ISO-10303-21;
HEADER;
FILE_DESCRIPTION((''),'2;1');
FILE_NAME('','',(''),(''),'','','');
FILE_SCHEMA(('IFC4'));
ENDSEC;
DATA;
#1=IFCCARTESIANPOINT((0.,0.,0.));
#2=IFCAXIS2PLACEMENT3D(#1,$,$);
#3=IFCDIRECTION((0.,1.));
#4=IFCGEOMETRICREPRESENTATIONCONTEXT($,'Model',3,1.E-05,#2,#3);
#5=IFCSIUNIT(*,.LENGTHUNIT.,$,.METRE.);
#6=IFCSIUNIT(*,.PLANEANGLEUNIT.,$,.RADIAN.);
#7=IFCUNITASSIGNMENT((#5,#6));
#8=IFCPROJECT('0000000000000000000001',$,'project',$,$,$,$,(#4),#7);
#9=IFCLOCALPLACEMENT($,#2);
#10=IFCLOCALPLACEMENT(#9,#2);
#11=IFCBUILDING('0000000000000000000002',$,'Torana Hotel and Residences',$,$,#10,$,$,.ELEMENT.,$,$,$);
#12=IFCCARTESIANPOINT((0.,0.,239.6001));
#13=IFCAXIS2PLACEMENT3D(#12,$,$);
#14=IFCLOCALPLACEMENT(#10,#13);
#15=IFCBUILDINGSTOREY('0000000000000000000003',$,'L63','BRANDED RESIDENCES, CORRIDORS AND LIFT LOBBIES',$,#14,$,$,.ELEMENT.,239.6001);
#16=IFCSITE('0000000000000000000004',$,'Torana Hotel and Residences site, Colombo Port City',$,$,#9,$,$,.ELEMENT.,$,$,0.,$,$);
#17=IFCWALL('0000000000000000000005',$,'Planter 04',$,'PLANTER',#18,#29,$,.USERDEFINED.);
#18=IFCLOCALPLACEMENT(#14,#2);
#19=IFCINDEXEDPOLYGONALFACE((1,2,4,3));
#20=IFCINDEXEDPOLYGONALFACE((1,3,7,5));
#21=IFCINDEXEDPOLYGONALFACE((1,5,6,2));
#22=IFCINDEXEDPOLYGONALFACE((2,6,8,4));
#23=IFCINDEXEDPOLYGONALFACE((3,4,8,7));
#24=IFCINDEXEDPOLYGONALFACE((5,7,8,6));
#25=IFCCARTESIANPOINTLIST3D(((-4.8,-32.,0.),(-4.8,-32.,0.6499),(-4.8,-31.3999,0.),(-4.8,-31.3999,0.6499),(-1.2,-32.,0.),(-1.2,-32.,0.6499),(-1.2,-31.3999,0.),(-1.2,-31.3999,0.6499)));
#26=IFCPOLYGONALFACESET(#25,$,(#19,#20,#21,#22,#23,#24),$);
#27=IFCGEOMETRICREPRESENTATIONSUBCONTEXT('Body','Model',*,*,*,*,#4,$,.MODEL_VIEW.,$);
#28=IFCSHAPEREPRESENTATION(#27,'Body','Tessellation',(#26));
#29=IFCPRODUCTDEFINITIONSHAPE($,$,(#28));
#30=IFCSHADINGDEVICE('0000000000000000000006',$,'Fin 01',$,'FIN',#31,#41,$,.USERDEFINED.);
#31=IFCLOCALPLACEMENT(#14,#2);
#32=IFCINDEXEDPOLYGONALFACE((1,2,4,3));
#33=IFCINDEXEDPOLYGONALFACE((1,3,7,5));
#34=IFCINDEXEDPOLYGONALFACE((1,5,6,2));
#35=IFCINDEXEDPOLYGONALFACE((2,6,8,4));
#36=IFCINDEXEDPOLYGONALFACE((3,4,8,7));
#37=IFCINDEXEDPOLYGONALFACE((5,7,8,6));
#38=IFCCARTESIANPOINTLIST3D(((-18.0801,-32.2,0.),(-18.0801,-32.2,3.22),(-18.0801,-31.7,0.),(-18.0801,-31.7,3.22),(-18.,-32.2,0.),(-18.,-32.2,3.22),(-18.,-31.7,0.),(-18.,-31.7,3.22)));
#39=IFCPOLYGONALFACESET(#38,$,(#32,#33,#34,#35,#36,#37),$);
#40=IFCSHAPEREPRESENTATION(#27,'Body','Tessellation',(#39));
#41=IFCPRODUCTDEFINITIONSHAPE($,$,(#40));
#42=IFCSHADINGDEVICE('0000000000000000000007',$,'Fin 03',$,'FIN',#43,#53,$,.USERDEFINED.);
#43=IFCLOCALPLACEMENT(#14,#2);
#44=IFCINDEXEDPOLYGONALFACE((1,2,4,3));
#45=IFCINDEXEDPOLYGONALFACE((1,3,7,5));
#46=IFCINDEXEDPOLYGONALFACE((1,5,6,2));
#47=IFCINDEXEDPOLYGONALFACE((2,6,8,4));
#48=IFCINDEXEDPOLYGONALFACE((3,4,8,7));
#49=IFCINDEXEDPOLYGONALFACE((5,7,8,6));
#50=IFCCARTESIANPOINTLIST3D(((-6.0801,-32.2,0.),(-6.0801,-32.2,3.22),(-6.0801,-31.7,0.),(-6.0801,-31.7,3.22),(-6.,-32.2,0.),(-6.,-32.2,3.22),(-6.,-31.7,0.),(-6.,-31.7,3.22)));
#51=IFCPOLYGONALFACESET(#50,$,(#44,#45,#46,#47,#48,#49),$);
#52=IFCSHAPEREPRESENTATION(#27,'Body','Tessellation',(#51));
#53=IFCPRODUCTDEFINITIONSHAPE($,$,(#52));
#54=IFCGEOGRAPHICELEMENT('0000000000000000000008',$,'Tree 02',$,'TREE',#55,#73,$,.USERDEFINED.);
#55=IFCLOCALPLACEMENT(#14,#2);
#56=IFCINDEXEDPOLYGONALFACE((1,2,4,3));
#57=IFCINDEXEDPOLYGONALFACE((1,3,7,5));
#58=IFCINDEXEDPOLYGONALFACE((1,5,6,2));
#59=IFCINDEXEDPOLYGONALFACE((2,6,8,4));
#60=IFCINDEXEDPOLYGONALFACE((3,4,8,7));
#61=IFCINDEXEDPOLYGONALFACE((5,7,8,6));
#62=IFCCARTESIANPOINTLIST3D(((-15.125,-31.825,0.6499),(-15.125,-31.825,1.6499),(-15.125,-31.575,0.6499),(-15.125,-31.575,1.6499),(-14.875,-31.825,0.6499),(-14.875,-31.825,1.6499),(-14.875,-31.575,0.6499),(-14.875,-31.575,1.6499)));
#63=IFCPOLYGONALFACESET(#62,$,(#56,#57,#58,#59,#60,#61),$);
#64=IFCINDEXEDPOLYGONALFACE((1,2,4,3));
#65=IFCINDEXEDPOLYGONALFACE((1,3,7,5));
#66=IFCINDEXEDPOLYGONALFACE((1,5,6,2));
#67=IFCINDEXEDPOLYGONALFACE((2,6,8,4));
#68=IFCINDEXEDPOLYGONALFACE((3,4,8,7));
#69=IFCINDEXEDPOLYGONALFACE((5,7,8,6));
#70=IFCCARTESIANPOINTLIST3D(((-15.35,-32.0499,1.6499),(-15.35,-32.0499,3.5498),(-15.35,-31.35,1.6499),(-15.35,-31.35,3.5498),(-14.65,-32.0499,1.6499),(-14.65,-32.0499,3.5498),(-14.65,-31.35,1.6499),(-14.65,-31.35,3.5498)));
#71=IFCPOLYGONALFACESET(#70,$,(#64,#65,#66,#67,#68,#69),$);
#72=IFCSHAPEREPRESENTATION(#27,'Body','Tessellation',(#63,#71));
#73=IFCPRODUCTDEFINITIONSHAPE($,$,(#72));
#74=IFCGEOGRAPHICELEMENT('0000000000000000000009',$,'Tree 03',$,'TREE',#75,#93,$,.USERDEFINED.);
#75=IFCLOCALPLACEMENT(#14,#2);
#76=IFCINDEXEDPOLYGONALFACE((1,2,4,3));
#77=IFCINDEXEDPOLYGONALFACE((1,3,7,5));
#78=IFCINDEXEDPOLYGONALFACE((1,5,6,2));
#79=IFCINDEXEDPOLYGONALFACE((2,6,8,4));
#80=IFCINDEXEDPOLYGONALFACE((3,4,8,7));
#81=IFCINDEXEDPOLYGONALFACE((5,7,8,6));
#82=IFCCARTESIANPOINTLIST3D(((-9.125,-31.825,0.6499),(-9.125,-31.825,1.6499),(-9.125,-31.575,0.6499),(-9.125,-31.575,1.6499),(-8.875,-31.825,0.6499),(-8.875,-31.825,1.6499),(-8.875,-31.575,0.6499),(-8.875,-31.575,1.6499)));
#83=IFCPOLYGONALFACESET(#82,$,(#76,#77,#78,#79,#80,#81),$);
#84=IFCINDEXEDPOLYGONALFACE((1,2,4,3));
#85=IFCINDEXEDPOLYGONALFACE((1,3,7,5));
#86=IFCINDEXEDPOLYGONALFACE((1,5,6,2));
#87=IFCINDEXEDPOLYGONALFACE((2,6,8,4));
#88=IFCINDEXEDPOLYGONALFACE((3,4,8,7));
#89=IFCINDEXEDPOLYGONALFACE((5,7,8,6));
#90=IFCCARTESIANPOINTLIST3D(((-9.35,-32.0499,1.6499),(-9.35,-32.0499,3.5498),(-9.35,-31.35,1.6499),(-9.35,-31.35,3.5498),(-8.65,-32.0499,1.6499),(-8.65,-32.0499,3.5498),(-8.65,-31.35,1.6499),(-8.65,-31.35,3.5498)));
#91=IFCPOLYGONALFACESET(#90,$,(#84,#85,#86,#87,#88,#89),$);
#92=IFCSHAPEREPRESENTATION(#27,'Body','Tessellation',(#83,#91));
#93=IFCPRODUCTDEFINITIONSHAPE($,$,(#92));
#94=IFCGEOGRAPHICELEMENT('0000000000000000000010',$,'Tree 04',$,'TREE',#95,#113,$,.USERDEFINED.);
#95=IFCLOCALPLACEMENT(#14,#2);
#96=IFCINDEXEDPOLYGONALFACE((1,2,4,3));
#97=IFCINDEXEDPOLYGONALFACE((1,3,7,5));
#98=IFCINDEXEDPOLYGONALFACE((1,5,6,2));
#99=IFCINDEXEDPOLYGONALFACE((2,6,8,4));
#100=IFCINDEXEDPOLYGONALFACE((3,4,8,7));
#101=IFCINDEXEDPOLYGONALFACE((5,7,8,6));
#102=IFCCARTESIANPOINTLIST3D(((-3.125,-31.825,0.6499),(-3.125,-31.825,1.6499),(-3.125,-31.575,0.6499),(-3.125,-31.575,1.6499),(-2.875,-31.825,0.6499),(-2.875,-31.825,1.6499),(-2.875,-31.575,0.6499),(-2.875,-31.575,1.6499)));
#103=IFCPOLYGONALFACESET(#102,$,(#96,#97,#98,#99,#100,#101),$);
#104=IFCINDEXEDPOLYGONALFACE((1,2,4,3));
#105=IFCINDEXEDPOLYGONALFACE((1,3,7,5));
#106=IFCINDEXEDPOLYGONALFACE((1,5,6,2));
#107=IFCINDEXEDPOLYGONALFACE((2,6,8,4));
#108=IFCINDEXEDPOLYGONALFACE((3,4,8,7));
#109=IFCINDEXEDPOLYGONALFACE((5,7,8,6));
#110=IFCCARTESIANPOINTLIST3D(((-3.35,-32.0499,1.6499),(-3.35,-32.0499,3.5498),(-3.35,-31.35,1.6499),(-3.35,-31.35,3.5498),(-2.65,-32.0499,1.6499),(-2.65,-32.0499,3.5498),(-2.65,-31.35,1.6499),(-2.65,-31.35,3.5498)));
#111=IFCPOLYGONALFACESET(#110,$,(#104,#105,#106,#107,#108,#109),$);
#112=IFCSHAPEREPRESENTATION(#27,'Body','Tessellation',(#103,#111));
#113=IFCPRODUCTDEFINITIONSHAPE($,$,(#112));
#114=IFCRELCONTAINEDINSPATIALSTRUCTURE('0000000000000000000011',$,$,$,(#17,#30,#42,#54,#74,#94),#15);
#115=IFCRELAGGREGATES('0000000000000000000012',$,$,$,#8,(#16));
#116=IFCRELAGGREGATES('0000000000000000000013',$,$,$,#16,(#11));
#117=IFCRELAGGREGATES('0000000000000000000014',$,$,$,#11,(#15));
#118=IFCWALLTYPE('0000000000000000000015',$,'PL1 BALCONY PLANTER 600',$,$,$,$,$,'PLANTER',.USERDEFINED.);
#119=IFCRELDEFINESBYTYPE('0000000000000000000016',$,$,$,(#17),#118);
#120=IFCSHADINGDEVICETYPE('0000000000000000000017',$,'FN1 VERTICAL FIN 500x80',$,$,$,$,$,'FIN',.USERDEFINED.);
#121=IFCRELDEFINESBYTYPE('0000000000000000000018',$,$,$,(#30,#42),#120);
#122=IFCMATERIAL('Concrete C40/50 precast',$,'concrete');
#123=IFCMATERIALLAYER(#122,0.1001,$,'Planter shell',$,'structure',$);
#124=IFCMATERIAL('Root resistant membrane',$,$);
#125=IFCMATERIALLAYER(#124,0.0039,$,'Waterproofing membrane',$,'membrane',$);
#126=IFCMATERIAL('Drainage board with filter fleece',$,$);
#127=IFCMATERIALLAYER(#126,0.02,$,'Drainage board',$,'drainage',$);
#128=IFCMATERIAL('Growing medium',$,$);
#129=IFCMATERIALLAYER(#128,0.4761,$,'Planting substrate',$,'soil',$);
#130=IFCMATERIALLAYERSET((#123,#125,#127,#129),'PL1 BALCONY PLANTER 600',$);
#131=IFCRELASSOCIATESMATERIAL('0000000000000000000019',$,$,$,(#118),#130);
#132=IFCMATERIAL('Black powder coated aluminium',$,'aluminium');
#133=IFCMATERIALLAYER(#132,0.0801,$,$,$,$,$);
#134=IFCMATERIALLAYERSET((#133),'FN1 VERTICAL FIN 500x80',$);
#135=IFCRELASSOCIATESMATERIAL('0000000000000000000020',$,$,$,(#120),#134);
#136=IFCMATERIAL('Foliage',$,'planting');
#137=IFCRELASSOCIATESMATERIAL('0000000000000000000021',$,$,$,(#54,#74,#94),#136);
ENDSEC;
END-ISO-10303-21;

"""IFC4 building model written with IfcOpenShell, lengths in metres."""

from ifc_helpers import new_model, si_unit, direction, frame, frame_2d, origin, origin_2d, place, context, subcontext, project, spatial, rectangle, extrude, material, layer, layer_set, type_object, element, save


model = new_model("IFC4")

# Units and contexts
model_context = context("Model", 3, precision=1e-05, world=origin(), true_north=direction((0.0, 1.0)))
body_context = subcontext(model_context, "Body", "Model", "MODEL_VIEW")
ifc_project = project(units=[si_unit("LENGTHUNIT", "METRE"), si_unit("PLANEANGLEUNIT", "RADIAN")], contexts=[model_context])

# Site, building, storey
site_placement = place(None, origin())
site = spatial("IfcSite", under=ifc_project, at=site_placement, Name="Torana Hotel and Residences site, Colombo Port City", CompositionType="ELEMENT", RefElevation=0.0)
building_placement = place(site_placement, origin())
building = spatial("IfcBuilding", under=site, at=building_placement, Name="Torana Hotel and Residences", CompositionType="ELEMENT")
storey_placement = place(building_placement, frame((0.0, 0.0, 239.6001)))
storey = spatial("IfcBuildingStorey", under=building, at=storey_placement, Name="L63", Description="BRANDED RESIDENCES, CORRIDORS AND LIFT LOBBIES", CompositionType="ELEMENT", Elevation=239.6001)

# Wall
ifc_material_1 = material(Name="Concrete C40/50 precast", Category="concrete")
ifc_layer_1 = layer(ifc_material_1, 0.1001, Name="Planter shell", Category="structure")
ifc_material_2 = material(Name="Root resistant membrane")
ifc_layer_2 = layer(ifc_material_2, 0.0039, Name="Waterproofing membrane", Category="membrane")
ifc_material_3 = material(Name="Drainage board with filter fleece")
ifc_layer_3 = layer(ifc_material_3, 0.02, Name="Drainage board", Category="drainage")
ifc_material_4 = material(Name="Growing medium")
ifc_layer_4 = layer(ifc_material_4, 0.4761, Name="Planting substrate", Category="soil")
ifc_layer_set_1 = layer_set([ifc_layer_1, ifc_layer_2, ifc_layer_3, ifc_layer_4], Name="PL1 BALCONY PLANTER 600")
wall_type_1 = type_object("IfcWallType", Name="PL1 BALCONY PLANTER 600", ElementType="PLANTER", PredefinedType="USERDEFINED", material=ifc_layer_set_1)
for number, where, z_axis, x_axis, name in (
    (1, (-1.2, -31.7, 0.0), (0.0, 0.0, 1.0), (-1.0, 0.0, 0.0), "Planter 04"),
):
    element("IfcWall", number, at=place(storey_placement, frame(where, z_axis=z_axis, x_axis=x_axis)), inside=storey, type_object=wall_type_1, Name=name, ObjectType="PLANTER", PredefinedType="USERDEFINED", context=body_context, shape_type="SweptSolid", body=[
        extrude(rectangle(XDim=3.6001, YDim=0.6001, at=frame_2d((1.8, 0.0))), origin(), (0.0, 0.0, 1.0), 0.6499),
    ])

# Shading devices
ifc_material_5 = material(Name="Black powder coated aluminium", Category="aluminium")
ifc_layer_5 = layer(ifc_material_5, 0.0801)
ifc_layer_set_2 = layer_set([ifc_layer_5], Name="FN1 VERTICAL FIN 500x80")
shading_device_type = type_object("IfcShadingDeviceType", Name="FN1 VERTICAL FIN 500x80", ElementType="FIN", PredefinedType="USERDEFINED", material=ifc_layer_set_2)
for number, where, z_axis, x_axis, name in (
    (2, (-18.04, -31.95, 0.0), (0.0, 0.0, 1.0), (-1.0, 0.0, 0.0), "Fin 01"),
    (3, (-6.04, -31.95, 0.0), (0.0, 0.0, 1.0), (-1.0, 0.0, 0.0), "Fin 03"),
):
    element("IfcShadingDevice", number, at=place(storey_placement, frame(where, z_axis=z_axis, x_axis=x_axis)), inside=storey, type_object=shading_device_type, Name=name, ObjectType="FIN", PredefinedType="USERDEFINED", context=body_context, shape_type="SweptSolid", body=[
        extrude(rectangle(XDim=0.0801, YDim=0.5, at=origin_2d()), origin(), (0.0, 0.0, 1.0), 3.22),
    ])

# Geographic elements
ifc_material_6 = material(Name="Foliage", Category="planting")
for number, where, z_axis, x_axis, name in (
    (4, (-15.0, -31.7, 0.6499), (0.0, 0.0, 1.0), (1.0, 0.0, 0.0), "Tree 02"),
    (5, (-9.0, -31.7, 0.6499), (0.0, 0.0, 1.0), (1.0, 0.0, 0.0), "Tree 03"),
    (6, (-3.0, -31.7, 0.6499), (0.0, 0.0, 1.0), (1.0, 0.0, 0.0), "Tree 04"),
):
    element("IfcGeographicElement", number, at=place(storey_placement, frame(where, z_axis=z_axis, x_axis=x_axis)), inside=storey, material=ifc_material_6, Name=name, ObjectType="TREE", PredefinedType="USERDEFINED", context=body_context, shape_type="SweptSolid", body=[
        extrude(rectangle(XDim=0.25, YDim=0.25, at=origin_2d()), origin(), (0.0, 0.0, 1.0), 1.0),
        extrude(rectangle(XDim=0.7, YDim=0.7, at=origin_2d()), frame((0.0, 0.0, 1.0)), (0.0, 0.0, 1.0), 1.8999),
    ])

save(model, "model.ifc")
